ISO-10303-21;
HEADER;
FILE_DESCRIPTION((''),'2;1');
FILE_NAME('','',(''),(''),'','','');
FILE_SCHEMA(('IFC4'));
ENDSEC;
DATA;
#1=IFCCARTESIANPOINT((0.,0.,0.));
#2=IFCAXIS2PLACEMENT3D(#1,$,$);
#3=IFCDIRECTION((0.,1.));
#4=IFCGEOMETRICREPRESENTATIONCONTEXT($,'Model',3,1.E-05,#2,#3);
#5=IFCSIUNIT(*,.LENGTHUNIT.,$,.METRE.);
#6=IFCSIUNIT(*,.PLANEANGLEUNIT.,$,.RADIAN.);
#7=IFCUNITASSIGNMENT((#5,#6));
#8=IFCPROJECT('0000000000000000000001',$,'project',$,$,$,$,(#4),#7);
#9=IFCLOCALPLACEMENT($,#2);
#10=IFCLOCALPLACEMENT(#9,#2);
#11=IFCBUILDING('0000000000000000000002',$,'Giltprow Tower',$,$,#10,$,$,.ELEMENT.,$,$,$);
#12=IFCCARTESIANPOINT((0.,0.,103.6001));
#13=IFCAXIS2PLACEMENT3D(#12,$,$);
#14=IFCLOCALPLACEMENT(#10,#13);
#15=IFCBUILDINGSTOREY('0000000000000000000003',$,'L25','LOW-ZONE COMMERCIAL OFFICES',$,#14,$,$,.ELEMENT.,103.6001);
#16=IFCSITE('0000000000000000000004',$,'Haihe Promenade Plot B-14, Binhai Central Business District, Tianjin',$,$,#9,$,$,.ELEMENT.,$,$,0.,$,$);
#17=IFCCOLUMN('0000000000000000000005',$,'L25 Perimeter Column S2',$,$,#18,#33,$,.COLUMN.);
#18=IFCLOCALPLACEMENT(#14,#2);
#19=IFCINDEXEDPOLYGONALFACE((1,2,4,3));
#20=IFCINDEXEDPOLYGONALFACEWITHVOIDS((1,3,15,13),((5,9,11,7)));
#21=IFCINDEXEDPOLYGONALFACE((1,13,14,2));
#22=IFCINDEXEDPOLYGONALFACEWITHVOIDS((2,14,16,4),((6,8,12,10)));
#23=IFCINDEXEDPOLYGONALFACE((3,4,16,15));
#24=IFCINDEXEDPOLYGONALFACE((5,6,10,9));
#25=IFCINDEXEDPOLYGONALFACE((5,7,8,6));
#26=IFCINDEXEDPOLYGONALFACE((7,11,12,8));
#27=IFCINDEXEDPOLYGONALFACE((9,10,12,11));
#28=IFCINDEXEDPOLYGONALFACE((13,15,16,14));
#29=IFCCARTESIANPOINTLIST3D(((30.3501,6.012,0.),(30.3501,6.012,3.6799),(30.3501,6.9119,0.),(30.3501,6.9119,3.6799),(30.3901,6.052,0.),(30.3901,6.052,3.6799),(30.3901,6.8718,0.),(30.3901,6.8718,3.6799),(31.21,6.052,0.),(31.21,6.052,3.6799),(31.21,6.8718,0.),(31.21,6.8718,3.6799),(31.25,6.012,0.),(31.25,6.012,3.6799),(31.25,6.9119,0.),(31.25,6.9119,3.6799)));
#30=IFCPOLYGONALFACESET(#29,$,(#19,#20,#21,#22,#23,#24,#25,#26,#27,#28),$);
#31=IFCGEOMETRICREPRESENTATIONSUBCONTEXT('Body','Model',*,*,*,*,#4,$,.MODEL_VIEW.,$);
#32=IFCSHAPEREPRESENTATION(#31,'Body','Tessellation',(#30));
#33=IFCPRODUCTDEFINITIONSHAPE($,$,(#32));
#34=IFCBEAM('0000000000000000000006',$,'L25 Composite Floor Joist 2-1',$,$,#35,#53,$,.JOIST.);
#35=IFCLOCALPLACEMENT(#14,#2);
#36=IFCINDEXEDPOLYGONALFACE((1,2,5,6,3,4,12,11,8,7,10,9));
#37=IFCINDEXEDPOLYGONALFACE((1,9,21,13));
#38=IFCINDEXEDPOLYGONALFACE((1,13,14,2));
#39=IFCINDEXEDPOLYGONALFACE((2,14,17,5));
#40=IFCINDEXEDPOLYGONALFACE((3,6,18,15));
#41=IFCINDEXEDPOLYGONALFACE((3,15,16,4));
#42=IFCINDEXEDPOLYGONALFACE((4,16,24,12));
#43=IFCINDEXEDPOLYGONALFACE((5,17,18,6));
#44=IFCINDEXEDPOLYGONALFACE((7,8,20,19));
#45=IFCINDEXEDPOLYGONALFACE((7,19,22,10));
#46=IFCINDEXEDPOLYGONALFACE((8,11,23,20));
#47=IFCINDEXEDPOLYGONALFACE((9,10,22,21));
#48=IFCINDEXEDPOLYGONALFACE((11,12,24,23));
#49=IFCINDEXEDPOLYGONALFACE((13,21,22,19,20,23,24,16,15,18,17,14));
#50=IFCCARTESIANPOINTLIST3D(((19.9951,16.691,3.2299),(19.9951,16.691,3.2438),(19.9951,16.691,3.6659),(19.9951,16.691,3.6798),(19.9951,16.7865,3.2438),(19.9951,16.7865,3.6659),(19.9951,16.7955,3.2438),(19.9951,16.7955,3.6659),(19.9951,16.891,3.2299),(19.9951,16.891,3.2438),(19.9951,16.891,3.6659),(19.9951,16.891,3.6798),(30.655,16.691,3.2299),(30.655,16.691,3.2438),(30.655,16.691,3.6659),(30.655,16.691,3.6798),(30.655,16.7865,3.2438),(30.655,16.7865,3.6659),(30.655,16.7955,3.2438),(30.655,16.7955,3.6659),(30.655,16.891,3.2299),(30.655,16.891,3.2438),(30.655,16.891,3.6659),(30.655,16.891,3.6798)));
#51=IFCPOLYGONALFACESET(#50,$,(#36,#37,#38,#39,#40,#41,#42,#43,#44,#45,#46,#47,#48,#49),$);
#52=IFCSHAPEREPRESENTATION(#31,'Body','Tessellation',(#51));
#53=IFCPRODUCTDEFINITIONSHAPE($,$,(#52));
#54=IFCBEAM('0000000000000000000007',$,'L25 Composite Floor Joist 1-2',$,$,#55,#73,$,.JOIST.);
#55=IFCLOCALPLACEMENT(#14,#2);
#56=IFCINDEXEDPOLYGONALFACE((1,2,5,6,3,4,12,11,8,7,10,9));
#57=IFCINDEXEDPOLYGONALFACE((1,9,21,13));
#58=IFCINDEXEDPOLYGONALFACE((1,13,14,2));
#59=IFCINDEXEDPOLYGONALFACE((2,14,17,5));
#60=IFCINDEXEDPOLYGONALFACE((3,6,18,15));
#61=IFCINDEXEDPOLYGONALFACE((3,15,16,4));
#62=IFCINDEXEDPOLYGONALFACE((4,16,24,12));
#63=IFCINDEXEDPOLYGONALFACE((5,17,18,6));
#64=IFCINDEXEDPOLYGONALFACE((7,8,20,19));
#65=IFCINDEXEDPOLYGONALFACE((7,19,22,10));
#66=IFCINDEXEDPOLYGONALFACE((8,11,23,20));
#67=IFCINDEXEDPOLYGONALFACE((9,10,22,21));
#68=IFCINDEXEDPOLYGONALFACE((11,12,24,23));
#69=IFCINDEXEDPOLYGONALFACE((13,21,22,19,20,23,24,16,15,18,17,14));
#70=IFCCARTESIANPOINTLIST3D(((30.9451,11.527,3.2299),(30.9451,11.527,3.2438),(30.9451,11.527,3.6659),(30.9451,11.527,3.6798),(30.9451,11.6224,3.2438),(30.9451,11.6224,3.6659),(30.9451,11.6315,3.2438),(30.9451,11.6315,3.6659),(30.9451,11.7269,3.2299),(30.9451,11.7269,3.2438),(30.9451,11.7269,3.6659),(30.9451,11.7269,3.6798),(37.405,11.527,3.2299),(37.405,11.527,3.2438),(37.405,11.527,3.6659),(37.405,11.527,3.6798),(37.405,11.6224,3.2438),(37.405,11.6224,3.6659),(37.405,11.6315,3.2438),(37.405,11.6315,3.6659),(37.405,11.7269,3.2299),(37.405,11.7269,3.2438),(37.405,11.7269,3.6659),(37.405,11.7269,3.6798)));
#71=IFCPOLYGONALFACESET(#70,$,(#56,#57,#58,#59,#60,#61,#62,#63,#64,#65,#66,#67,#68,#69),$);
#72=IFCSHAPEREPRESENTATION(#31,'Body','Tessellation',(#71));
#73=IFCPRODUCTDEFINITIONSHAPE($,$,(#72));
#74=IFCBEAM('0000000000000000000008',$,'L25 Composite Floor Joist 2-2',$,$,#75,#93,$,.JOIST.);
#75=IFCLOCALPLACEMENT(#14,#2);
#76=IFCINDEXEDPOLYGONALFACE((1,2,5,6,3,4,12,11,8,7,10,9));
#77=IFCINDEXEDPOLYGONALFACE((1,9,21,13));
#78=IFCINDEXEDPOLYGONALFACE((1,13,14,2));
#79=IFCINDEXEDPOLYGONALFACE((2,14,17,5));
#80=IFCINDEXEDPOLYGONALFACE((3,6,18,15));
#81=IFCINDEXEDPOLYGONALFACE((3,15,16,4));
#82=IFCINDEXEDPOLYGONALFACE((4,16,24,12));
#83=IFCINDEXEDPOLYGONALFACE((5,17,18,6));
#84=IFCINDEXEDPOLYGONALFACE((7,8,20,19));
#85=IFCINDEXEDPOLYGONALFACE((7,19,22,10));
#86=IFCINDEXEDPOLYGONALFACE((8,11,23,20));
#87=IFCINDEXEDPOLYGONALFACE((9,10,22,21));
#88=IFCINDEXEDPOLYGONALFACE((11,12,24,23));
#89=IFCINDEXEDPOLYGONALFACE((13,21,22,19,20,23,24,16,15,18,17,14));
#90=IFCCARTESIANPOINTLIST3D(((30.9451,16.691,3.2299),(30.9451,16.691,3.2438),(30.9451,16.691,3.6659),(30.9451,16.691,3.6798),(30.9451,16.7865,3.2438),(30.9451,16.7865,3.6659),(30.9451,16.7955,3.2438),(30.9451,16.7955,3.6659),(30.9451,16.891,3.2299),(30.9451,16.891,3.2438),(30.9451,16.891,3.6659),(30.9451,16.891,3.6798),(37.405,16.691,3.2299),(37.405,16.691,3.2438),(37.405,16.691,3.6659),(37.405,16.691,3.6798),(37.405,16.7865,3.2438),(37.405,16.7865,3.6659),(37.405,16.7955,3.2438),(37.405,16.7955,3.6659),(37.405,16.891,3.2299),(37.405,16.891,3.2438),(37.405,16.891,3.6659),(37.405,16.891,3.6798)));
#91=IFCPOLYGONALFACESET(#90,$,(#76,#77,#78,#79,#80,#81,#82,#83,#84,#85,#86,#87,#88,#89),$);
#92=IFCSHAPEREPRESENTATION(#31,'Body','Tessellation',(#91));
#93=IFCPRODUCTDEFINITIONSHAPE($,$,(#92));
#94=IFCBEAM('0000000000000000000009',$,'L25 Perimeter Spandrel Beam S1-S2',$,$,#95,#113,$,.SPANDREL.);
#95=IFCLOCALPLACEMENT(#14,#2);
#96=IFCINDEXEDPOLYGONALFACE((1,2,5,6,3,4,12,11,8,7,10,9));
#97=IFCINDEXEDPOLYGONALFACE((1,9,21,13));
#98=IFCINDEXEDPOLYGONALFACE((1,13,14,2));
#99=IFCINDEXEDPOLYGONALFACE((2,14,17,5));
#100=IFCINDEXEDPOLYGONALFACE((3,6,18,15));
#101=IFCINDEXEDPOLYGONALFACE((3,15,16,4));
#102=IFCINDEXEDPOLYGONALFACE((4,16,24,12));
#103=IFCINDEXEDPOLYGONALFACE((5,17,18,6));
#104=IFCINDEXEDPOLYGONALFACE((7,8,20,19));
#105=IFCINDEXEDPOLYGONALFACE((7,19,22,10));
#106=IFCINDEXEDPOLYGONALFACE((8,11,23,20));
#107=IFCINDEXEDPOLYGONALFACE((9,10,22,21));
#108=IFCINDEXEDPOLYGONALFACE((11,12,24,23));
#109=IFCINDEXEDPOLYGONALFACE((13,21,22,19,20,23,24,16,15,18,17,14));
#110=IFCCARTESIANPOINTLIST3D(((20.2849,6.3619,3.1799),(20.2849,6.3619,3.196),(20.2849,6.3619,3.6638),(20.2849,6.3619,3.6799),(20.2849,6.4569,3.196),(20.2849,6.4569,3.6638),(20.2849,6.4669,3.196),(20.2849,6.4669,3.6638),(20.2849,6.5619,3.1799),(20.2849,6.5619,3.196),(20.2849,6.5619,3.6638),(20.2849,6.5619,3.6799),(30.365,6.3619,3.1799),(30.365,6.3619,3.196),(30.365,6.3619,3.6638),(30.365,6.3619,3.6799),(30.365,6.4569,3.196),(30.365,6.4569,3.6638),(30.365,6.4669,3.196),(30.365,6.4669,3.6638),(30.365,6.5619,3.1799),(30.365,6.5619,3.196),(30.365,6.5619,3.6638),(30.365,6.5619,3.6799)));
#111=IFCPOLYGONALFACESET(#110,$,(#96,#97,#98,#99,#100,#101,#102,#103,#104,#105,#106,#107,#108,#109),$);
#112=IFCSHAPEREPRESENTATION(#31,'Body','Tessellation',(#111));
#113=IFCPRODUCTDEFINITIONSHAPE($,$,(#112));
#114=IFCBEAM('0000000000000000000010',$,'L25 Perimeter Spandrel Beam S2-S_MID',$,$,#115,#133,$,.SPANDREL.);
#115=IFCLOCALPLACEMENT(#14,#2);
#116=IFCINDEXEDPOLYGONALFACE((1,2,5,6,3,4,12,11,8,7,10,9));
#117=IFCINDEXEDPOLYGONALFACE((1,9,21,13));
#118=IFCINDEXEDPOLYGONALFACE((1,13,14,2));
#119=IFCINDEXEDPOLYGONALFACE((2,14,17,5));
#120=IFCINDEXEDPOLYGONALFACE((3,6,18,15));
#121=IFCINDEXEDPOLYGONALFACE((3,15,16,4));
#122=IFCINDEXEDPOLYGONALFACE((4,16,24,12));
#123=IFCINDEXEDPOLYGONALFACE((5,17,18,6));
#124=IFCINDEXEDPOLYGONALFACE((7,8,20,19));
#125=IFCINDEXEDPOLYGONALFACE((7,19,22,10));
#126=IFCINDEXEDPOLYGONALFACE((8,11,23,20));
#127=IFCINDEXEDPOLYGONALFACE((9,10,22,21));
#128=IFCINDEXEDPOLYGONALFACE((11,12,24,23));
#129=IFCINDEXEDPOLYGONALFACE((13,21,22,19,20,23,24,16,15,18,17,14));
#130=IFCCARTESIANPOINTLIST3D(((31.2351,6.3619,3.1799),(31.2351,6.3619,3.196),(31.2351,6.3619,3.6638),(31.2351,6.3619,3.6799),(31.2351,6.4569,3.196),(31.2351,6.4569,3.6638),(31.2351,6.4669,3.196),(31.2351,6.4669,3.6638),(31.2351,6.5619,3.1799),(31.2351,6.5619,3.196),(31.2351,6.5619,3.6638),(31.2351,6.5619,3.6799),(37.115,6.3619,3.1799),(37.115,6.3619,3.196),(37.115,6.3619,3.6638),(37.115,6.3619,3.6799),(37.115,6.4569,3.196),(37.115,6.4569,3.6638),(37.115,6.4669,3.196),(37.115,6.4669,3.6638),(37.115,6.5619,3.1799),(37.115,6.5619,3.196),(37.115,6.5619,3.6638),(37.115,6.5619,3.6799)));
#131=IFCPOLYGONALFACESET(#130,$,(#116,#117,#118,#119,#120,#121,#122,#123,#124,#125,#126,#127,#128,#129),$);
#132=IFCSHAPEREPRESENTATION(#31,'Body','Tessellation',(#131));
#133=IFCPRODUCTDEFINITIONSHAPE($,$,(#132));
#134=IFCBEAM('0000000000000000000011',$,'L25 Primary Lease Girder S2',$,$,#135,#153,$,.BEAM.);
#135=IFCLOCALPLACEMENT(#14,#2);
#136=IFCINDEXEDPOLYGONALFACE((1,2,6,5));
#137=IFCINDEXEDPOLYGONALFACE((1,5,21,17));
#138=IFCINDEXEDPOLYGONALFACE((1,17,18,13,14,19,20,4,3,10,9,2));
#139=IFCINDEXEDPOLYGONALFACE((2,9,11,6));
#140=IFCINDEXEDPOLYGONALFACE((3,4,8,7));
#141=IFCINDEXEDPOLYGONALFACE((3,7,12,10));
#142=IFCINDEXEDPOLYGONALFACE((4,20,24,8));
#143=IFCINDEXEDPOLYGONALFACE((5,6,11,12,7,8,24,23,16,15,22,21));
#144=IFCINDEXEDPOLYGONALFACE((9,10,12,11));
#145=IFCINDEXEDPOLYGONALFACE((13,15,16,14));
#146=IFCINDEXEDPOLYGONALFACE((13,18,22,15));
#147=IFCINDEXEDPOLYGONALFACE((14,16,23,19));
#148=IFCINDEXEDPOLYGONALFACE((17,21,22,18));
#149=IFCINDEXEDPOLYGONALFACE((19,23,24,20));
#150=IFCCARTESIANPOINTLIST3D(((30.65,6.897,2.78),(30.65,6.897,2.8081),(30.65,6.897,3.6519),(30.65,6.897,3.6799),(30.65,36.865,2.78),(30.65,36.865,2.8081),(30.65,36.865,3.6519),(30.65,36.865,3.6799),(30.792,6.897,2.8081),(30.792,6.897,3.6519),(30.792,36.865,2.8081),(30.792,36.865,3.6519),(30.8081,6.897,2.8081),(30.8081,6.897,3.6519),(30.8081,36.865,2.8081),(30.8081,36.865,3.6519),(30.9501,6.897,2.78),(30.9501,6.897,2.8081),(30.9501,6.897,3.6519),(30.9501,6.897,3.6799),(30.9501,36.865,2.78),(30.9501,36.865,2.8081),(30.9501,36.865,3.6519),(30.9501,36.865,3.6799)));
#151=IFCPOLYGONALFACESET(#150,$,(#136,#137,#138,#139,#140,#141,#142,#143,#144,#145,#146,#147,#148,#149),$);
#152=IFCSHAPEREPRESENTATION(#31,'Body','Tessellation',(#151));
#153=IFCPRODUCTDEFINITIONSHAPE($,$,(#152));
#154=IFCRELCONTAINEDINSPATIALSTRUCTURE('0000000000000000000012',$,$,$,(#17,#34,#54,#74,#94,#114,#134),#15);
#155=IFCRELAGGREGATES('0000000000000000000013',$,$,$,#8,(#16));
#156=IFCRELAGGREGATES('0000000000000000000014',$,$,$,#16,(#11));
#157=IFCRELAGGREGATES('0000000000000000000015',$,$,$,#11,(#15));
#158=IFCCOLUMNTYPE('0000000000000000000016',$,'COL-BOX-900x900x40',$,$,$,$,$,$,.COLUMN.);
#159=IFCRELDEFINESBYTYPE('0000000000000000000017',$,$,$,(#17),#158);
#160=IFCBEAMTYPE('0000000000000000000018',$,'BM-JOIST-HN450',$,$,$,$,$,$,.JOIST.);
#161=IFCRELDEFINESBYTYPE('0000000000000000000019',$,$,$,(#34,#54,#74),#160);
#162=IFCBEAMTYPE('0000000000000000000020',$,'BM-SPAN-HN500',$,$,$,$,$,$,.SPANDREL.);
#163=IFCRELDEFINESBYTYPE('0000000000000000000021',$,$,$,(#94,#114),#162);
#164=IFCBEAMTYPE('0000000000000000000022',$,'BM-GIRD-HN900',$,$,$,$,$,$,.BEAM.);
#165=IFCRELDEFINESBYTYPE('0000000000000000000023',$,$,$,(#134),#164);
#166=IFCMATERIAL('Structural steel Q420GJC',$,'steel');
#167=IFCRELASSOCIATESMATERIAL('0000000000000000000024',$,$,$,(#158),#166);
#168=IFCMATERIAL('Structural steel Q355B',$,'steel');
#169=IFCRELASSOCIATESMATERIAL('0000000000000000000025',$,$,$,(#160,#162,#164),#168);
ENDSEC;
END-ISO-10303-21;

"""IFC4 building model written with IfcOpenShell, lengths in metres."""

from ifc_helpers import new_model, si_unit, direction, frame, origin, origin_2d, place, context, subcontext, project, spatial, hollow_rectangle, i_section, extrude, source, transform, mapped, material, material_profile, profile_set, type_object, element, save


model = new_model("IFC4")

# Units and contexts
model_context = context("Model", 3, precision=1e-05, world=origin(), true_north=direction((0.0, 1.0)))
body_context = subcontext(model_context, "Body", "Model", "MODEL_VIEW")
ifc_project = project(units=[si_unit("LENGTHUNIT", "METRE"), si_unit("PLANEANGLEUNIT", "RADIAN")], contexts=[model_context])

# Site, building, storey
site_placement = place(None, origin())
site = spatial("IfcSite", under=ifc_project, at=site_placement, Name="Haihe Promenade Plot B-14, Binhai Central Business District, Tianjin", CompositionType="ELEMENT", RefElevation=0.0)
building_placement = place(site_placement, origin())
building = spatial("IfcBuilding", under=site, at=building_placement, Name="Giltprow Tower", CompositionType="ELEMENT")
storey_placement = place(building_placement, frame((0.0, 0.0, 103.6001)))
storey = spatial("IfcBuildingStorey", under=building, at=storey_placement, Name="L25", Description="LOW-ZONE COMMERCIAL OFFICES", CompositionType="ELEMENT", Elevation=103.6001)

# Column
ifc_material_1 = material(Name="Structural steel Q420GJC", Category="steel")
ifc_material_profile_1 = material_profile(ifc_material_1, hollow_rectangle(XDim=0.8999, YDim=0.8999, WallThickness=0.04, at=origin_2d()), Name="BOX 900x900x40")
ifc_profile_set_1 = profile_set([ifc_material_profile_1], Name="Structural steel Q420GJC")
column_type = type_object("IfcColumnType", Name="COL-BOX-900x900x40", PredefinedType="COLUMN", material=ifc_profile_set_1)
shared_shape_1 = source(origin(), body_context, "Body", "SweptSolid", [
    extrude(hollow_rectangle(XDim=0.8999, YDim=0.8999, WallThickness=0.04, at=origin_2d()), origin(), (0.0, 0.0, 1.0), 3.6799),
])
column_placement = place(storey_placement, frame((30.8, 6.4619, 0.0), z_axis=(0.0, 0.0, 1.0), x_axis=(1.0, 0.0, 0.0)))
element("IfcColumn", 1, at=column_placement, inside=storey, type_object=column_type, Name="L25 Perimeter Column S2", PredefinedType="COLUMN", context=body_context, shape_type="MappedRepresentation", body=[
    mapped(shared_shape_1, transform((0.0, 0.0, 0.0), x_axis=(1.0, 0.0, 0.0), y_axis=(0.0, 1.0, 0.0), z_axis=(0.0, 0.0, 1.0), scale=1.0)),
])

# Beams
ifc_material_2 = material(Name="Structural steel Q355B", Category="steel")
ifc_material_profile_2 = material_profile(ifc_material_2, i_section(OverallWidth=0.2, OverallDepth=0.45, WebThickness=0.009, FlangeThickness=0.0139, at=origin_2d()), Name="HN 450x200x9x14")
ifc_profile_set_2 = profile_set([ifc_material_profile_2], Name="Structural steel Q355B")
beam_type_1 = type_object("IfcBeamType", Name="BM-JOIST-HN450", PredefinedType="JOIST", material=ifc_profile_set_2)
shared_shape_2 = source(origin(), body_context, "Body", "SweptSolid", [
    extrude(i_section(OverallWidth=0.2, OverallDepth=0.45, WebThickness=0.009, FlangeThickness=0.0139, at=origin_2d()), origin(), (0.0, 0.0, 1.0), 10.6599),
])
beam_1_placement = place(storey_placement, frame((19.9951, 16.791, 3.4548), z_axis=(1.0, 0.0, 0.0), x_axis=(0.0, 1.0, 0.0)))
element("IfcBeam", 2, at=beam_1_placement, inside=storey, type_object=beam_type_1, Name="L25 Composite Floor Joist 2-1", PredefinedType="JOIST", context=body_context, shape_type="MappedRepresentation", body=[
    mapped(shared_shape_2, transform((0.0, 0.0, 0.0), x_axis=(1.0, 0.0, 0.0), y_axis=(0.0, 1.0, 0.0), z_axis=(0.0, 0.0, 1.0), scale=1.0)),
])
shared_shape_3 = source(origin(), body_context, "Body", "SweptSolid", [
    extrude(i_section(OverallWidth=0.2, OverallDepth=0.45, WebThickness=0.009, FlangeThickness=0.0139, at=origin_2d()), origin(), (0.0, 0.0, 1.0), 6.46),
])
for number, where, z_axis, x_axis, name in (
    (3, (30.9451, 11.627, 3.4548), (1.0, 0.0, 0.0), (0.0, 1.0, 0.0), "L25 Composite Floor Joist 1-2"),
    (4, (30.9451, 16.791, 3.4548), (1.0, 0.0, 0.0), (0.0, 1.0, 0.0), "L25 Composite Floor Joist 2-2"),
):
    element("IfcBeam", number, at=place(storey_placement, frame(where, z_axis=z_axis, x_axis=x_axis)), inside=storey, type_object=beam_type_1, Name=name, PredefinedType="JOIST", context=body_context, shape_type="MappedRepresentation", body=[
        mapped(shared_shape_3, transform((0.0, 0.0, 0.0), x_axis=(1.0, 0.0, 0.0), y_axis=(0.0, 1.0, 0.0), z_axis=(0.0, 0.0, 1.0), scale=1.0)),
    ])
ifc_material_profile_3 = material_profile(ifc_material_2, i_section(OverallWidth=0.2, OverallDepth=0.5, WebThickness=0.01, FlangeThickness=0.0161, at=origin_2d()), Name="HN 500x200x10x16")
ifc_profile_set_3 = profile_set([ifc_material_profile_3], Name="Structural steel Q355B")
beam_type_2 = type_object("IfcBeamType", Name="BM-SPAN-HN500", PredefinedType="SPANDREL", material=ifc_profile_set_3)
shared_shape_4 = source(origin(), body_context, "Body", "SweptSolid", [
    extrude(i_section(OverallWidth=0.2, OverallDepth=0.5, WebThickness=0.01, FlangeThickness=0.0161, at=origin_2d()), origin(), (0.0, 0.0, 1.0), 10.0801),
])
beam_2_placement = place(storey_placement, frame((20.2849, 6.4619, 3.4299), z_axis=(1.0, 0.0, 0.0), x_axis=(0.0, 1.0, 0.0)))
element("IfcBeam", 5, at=beam_2_placement, inside=storey, type_object=beam_type_2, Name="L25 Perimeter Spandrel Beam S1-S2", PredefinedType="SPANDREL", context=body_context, shape_type="MappedRepresentation", body=[
    mapped(shared_shape_4, transform((0.0, 0.0, 0.0), x_axis=(1.0, 0.0, 0.0), y_axis=(0.0, 1.0, 0.0), z_axis=(0.0, 0.0, 1.0), scale=1.0)),
])
shared_shape_5 = source(origin(), body_context, "Body", "SweptSolid", [
    extrude(i_section(OverallWidth=0.2, OverallDepth=0.5, WebThickness=0.01, FlangeThickness=0.0161, at=origin_2d()), origin(), (0.0, 0.0, 1.0), 5.8799),
])
beam_3_placement = place(storey_placement, frame((31.2351, 6.4619, 3.4299), z_axis=(1.0, 0.0, 0.0), x_axis=(0.0, 1.0, 0.0)))
element("IfcBeam", 6, at=beam_3_placement, inside=storey, type_object=beam_type_2, Name="L25 Perimeter Spandrel Beam S2-S_MID", PredefinedType="SPANDREL", context=body_context, shape_type="MappedRepresentation", body=[
    mapped(shared_shape_5, transform((0.0, 0.0, 0.0), x_axis=(1.0, 0.0, 0.0), y_axis=(0.0, 1.0, 0.0), z_axis=(0.0, 0.0, 1.0), scale=1.0)),
])
ifc_material_profile_4 = material_profile(ifc_material_2, i_section(OverallWidth=0.3, OverallDepth=0.8999, WebThickness=0.0161, FlangeThickness=0.0281, at=origin_2d()), Name="HN 900x300x16x28")
ifc_profile_set_4 = profile_set([ifc_material_profile_4], Name="Structural steel Q355B")
beam_type_3 = type_object("IfcBeamType", Name="BM-GIRD-HN900", PredefinedType="BEAM", material=ifc_profile_set_4)
shared_shape_6 = source(origin(), body_context, "Body", "SweptSolid", [
    extrude(i_section(OverallWidth=0.3, OverallDepth=0.8999, WebThickness=0.0161, FlangeThickness=0.0281, at=origin_2d()), origin(), (0.0, 0.0, 1.0), 29.968),
])
beam_4_placement = place(storey_placement, frame((30.8, 6.897, 3.23), z_axis=(0.0, 1.0, 0.0), x_axis=(-1.0, 0.0, 0.0)))
element("IfcBeam", 7, at=beam_4_placement, inside=storey, type_object=beam_type_3, Name="L25 Primary Lease Girder S2", PredefinedType="BEAM", context=body_context, shape_type="MappedRepresentation", body=[
    mapped(shared_shape_6, transform((0.0, 0.0, 0.0), x_axis=(1.0, 0.0, 0.0), y_axis=(0.0, 1.0, 0.0), z_axis=(0.0, 0.0, 1.0), scale=1.0)),
])

save(model, "model.ifc")
